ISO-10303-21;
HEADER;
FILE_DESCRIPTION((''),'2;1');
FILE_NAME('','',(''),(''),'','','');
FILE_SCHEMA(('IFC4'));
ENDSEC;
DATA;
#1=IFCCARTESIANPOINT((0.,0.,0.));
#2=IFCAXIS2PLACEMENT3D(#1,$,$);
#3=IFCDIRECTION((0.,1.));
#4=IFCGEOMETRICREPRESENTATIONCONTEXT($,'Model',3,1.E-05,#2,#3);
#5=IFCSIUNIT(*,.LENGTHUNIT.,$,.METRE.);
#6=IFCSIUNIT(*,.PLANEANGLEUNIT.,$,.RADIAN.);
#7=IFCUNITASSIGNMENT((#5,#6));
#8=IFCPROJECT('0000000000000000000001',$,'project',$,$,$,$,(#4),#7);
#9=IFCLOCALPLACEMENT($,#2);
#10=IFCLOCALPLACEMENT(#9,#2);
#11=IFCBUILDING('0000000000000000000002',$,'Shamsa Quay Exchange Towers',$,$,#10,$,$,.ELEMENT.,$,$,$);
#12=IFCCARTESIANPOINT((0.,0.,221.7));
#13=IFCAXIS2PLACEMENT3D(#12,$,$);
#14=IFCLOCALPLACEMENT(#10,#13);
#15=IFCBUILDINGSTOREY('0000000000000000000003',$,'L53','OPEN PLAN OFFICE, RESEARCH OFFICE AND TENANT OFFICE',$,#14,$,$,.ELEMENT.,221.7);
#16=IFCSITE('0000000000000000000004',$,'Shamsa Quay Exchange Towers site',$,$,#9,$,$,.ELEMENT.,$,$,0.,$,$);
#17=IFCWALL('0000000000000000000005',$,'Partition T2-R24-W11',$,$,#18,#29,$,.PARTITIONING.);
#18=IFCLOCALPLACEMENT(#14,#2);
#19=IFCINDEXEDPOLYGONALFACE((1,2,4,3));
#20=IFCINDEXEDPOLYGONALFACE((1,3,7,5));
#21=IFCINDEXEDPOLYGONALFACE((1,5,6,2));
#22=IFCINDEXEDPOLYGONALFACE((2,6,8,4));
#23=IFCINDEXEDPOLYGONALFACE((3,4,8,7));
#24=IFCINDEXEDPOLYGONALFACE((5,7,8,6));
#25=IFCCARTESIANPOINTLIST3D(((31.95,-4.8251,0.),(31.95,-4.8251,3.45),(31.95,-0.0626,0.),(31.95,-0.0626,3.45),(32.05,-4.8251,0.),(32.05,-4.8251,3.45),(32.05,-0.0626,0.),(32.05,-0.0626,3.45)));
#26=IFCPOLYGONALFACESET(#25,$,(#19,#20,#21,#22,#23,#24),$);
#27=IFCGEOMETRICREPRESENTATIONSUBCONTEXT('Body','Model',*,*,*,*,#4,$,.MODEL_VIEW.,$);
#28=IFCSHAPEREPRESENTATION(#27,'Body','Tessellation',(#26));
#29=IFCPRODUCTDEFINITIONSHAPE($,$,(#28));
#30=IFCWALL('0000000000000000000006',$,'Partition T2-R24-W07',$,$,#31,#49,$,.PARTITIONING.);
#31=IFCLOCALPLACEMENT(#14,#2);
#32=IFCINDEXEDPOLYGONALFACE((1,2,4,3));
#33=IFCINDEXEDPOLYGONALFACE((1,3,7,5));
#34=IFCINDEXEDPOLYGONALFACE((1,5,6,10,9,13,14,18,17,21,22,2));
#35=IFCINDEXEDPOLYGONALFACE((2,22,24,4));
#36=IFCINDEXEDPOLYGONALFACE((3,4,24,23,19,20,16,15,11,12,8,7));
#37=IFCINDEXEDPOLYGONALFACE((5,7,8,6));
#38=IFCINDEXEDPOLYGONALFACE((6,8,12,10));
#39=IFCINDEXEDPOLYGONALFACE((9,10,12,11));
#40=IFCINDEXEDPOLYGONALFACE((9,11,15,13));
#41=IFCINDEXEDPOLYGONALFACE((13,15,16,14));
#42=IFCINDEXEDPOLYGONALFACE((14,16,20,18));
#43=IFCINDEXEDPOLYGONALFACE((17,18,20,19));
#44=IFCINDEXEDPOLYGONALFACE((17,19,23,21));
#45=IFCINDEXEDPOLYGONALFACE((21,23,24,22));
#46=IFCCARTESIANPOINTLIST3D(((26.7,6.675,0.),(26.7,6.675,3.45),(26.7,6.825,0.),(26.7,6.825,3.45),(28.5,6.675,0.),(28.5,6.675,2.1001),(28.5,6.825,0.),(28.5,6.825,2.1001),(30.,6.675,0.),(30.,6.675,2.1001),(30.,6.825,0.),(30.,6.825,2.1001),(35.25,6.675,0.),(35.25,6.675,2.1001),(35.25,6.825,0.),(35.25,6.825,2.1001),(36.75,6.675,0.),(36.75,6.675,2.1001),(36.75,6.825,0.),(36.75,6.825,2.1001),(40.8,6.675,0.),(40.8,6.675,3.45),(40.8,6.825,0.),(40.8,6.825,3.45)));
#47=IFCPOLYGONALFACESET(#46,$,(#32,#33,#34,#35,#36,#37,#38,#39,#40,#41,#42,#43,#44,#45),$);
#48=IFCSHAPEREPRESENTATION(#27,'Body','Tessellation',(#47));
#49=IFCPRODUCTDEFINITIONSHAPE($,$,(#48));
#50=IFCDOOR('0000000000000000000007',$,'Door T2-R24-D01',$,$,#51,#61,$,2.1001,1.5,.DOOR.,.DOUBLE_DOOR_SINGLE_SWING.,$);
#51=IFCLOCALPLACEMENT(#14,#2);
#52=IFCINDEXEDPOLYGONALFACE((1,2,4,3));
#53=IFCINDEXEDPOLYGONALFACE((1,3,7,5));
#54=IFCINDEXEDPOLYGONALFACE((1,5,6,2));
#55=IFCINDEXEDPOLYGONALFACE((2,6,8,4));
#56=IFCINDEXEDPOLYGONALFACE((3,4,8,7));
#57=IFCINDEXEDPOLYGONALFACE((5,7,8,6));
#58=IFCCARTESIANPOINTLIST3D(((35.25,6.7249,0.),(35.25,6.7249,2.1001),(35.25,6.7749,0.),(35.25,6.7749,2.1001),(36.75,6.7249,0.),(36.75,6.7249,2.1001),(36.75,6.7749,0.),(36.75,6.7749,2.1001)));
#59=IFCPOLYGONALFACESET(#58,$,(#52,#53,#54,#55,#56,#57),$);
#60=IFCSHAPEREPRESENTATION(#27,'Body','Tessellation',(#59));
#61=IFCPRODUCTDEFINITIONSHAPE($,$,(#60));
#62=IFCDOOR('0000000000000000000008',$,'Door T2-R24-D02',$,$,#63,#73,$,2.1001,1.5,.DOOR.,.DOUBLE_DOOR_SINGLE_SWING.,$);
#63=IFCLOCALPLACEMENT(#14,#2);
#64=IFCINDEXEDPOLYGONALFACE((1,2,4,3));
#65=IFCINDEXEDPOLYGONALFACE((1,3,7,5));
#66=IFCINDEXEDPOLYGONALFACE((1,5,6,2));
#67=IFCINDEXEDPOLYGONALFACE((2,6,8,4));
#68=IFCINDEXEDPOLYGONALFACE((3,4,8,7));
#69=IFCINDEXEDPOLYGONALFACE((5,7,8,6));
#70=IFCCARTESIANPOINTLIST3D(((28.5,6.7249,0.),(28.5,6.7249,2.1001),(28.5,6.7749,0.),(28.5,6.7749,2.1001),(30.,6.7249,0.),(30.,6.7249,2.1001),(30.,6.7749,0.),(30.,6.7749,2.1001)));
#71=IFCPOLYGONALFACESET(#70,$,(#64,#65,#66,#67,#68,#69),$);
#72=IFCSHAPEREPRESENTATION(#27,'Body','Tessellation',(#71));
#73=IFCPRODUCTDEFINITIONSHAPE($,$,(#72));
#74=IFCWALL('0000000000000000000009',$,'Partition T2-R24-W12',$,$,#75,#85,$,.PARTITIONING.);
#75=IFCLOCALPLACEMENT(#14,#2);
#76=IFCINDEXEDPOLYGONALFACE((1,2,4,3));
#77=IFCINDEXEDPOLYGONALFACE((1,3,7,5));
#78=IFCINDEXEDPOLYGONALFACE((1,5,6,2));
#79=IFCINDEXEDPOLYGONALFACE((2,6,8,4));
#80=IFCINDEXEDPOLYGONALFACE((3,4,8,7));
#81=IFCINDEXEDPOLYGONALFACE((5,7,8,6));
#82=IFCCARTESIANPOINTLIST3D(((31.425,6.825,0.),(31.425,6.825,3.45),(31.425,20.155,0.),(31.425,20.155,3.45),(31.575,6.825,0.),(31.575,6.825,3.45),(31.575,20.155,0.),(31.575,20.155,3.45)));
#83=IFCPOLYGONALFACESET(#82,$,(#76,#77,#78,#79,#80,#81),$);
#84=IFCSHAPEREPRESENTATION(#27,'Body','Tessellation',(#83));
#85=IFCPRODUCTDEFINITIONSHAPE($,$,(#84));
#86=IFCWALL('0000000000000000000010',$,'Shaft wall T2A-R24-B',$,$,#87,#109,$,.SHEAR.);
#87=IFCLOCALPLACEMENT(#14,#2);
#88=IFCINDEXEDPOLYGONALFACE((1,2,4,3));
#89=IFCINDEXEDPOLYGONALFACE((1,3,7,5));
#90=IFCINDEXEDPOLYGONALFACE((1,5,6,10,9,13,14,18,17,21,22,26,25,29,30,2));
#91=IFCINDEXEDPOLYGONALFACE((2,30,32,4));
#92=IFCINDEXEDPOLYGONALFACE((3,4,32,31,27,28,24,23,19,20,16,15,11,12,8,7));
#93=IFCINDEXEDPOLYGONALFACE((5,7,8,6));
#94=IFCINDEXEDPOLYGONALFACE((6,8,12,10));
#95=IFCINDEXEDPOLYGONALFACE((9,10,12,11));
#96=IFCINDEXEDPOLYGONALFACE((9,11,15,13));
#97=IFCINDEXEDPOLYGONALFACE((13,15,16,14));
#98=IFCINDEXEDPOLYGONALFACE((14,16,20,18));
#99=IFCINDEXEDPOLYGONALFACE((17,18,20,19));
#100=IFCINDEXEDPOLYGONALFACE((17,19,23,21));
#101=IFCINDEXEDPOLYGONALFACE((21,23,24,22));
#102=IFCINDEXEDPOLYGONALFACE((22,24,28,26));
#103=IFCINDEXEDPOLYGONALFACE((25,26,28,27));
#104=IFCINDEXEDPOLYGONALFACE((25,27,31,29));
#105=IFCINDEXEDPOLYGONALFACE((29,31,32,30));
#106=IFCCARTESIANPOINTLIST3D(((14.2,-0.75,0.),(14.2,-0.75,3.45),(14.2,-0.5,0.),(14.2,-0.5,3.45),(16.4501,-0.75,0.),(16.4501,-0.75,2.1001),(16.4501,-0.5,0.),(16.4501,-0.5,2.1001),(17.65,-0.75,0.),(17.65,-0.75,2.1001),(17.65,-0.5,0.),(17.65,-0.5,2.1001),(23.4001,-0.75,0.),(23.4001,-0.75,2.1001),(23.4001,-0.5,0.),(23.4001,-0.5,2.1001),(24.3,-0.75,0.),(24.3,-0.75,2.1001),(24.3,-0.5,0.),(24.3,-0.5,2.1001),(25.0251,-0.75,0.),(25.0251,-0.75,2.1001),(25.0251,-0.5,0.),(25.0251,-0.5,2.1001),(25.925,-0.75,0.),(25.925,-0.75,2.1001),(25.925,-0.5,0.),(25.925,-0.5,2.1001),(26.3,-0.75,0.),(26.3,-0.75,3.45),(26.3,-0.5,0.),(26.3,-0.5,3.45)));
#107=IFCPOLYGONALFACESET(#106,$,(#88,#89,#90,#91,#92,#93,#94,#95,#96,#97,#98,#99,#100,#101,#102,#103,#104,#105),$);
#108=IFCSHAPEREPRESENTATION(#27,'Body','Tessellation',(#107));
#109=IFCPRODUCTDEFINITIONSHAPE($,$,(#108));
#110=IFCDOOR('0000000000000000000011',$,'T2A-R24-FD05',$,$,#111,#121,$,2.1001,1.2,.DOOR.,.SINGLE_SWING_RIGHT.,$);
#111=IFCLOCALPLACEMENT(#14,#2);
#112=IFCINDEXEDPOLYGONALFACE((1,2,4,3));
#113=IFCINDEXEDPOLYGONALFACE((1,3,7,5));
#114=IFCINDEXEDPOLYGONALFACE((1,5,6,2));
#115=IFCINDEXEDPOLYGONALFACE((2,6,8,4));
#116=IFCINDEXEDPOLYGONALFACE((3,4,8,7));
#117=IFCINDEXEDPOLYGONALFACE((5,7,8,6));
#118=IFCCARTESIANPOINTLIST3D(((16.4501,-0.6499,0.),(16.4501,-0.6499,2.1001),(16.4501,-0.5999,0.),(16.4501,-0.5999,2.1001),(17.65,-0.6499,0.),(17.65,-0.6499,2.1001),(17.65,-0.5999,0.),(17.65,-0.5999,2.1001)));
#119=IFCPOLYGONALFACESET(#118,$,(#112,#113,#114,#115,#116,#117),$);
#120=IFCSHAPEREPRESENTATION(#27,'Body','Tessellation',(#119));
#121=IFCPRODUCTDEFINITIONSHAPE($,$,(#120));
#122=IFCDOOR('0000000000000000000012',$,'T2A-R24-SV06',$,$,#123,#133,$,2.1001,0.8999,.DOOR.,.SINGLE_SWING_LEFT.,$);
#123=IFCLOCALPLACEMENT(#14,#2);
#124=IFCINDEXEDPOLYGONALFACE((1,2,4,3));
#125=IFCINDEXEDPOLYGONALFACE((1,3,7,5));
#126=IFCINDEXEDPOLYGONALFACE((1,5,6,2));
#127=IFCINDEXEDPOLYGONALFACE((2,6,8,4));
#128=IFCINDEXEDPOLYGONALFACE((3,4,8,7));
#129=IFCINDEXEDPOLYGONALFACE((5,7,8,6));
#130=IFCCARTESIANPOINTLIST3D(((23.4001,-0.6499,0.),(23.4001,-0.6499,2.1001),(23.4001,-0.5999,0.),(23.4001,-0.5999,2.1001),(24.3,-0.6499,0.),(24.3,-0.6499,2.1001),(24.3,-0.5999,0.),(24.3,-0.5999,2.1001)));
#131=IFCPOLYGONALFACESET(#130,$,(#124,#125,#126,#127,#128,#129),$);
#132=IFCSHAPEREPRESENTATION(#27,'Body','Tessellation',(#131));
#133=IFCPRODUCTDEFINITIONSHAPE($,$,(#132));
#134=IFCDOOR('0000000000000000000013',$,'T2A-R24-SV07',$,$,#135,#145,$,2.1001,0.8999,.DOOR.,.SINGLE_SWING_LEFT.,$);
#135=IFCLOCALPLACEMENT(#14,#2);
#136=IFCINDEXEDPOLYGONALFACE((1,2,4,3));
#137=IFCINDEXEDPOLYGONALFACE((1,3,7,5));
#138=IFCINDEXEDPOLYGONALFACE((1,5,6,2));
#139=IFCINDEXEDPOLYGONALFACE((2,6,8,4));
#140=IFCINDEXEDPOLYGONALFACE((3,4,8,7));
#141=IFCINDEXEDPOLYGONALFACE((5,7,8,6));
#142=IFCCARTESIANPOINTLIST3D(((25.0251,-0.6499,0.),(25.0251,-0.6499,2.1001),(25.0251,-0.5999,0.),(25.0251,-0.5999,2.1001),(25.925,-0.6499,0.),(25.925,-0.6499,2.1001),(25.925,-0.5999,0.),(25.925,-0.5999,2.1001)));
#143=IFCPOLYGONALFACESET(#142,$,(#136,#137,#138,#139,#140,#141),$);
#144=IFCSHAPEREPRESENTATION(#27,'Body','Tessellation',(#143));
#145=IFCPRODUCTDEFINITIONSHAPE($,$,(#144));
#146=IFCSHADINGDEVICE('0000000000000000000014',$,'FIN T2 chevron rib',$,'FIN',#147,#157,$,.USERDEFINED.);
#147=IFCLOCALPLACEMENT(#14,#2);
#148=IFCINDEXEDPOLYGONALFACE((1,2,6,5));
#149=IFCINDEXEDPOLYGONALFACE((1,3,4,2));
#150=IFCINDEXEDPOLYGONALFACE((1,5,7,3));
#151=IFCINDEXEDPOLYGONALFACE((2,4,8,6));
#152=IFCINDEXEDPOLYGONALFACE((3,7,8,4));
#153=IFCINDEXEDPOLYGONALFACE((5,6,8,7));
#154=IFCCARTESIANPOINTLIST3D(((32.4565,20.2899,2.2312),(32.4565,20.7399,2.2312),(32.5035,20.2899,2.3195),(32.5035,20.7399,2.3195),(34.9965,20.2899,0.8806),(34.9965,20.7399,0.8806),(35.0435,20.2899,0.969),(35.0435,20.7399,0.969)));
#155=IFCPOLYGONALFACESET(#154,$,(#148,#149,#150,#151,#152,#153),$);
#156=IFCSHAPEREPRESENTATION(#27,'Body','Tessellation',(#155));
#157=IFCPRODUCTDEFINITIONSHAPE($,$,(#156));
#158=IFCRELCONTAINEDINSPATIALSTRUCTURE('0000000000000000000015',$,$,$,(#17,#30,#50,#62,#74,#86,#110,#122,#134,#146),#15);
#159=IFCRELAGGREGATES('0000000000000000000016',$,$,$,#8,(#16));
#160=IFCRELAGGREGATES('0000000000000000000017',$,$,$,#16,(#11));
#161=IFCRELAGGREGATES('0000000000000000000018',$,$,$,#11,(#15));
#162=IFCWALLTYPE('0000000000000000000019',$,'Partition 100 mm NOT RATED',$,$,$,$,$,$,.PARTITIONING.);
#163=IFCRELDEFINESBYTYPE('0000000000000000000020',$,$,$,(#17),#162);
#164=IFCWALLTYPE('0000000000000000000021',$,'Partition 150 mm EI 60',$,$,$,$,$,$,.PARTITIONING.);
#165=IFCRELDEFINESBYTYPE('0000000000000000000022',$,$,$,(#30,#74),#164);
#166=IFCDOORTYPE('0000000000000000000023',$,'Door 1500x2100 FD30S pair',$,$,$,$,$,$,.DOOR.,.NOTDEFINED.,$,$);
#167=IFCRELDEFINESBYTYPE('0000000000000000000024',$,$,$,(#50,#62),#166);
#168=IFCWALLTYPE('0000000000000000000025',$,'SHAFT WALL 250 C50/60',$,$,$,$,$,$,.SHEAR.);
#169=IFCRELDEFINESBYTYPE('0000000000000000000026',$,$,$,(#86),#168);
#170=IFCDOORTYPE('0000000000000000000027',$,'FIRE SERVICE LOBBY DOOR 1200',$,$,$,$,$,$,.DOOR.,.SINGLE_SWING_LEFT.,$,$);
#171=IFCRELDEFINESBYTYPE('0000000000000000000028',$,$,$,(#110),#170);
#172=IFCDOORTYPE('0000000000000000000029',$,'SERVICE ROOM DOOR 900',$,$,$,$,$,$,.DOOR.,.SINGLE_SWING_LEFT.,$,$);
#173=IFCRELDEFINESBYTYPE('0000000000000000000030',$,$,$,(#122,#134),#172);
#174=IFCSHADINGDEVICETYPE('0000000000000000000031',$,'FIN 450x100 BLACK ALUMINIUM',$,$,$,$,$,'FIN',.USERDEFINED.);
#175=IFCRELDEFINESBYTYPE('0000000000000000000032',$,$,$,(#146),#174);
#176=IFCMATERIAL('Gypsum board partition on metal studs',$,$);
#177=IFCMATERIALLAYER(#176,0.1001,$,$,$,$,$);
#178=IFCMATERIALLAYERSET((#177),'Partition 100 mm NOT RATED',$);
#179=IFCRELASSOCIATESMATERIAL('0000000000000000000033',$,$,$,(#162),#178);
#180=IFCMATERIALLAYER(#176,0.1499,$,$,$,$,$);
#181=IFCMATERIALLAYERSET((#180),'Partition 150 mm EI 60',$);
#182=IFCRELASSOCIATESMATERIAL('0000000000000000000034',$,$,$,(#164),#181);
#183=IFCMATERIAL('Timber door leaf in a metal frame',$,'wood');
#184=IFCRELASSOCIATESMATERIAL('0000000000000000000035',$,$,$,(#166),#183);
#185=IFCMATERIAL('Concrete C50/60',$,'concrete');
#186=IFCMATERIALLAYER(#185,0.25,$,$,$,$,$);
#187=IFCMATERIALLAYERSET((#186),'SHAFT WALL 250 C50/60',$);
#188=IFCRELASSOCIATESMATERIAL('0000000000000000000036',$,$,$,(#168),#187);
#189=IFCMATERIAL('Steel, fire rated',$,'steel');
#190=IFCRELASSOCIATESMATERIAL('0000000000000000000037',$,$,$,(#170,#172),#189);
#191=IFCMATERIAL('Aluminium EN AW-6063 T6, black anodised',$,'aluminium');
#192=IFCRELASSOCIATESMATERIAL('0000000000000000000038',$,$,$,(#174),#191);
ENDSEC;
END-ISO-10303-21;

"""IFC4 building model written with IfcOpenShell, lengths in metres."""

from ifc_helpers import new_model, si_unit, direction, frame, frame_2d, origin, origin_2d, place, context, subcontext, project, spatial, rectangle, extrude, material, layer, layer_set, material_profile, profile_set, type_object, element, fill, save


model = new_model("IFC4")

# Units and contexts
model_context = context("Model", 3, precision=1e-05, world=origin(), true_north=direction((0.0, 1.0)))
body_context = subcontext(model_context, "Body", "Model", "MODEL_VIEW")
ifc_project = project(units=[si_unit("LENGTHUNIT", "METRE"), si_unit("PLANEANGLEUNIT", "RADIAN")], contexts=[model_context])

# Site, building, storey
site_placement = place(None, origin())
site = spatial("IfcSite", under=ifc_project, at=site_placement, Name="Shamsa Quay Exchange Towers site", CompositionType="ELEMENT", RefElevation=0.0)
building_placement = place(site_placement, origin())
building = spatial("IfcBuilding", under=site, at=building_placement, Name="Shamsa Quay Exchange Towers", CompositionType="ELEMENT")
storey_placement = place(building_placement, frame((0.0, 0.0, 221.7)))
storey = spatial("IfcBuildingStorey", under=building, at=storey_placement, Name="L53", Description="OPEN PLAN OFFICE, RESEARCH OFFICE AND TENANT OFFICE", CompositionType="ELEMENT", Elevation=221.7)

# Shared definitions
ifc_material_1 = material(Name="Aluminium EN AW-6063 T6, black anodised", Category="aluminium")

# Shared definitions
ifc_material_2 = material(Name="Steel, fire rated", Category="steel")

# Shared definitions
ifc_material_3 = material(Name="Gypsum board partition on metal studs")
ifc_layer_1 = layer(ifc_material_3, 0.1001)
ifc_layer_set_1 = layer_set([ifc_layer_1], Name="Partition 100 mm NOT RATED")
wall_type_1 = type_object("IfcWallType", Name="Partition 100 mm NOT RATED", PredefinedType="PARTITIONING", material=ifc_layer_set_1)
ifc_material_4 = material(Name="Timber door leaf in a metal frame", Category="wood")

# Wall
wall_1_placement = place(storey_placement, frame((32.0, -0.0625, 0.0), z_axis=(0.0, 0.0, 1.0), x_axis=(0.0, -1.0, 0.0)))
element("IfcWall", 1, at=wall_1_placement, inside=storey, type_object=wall_type_1, Name="Partition T2-R24-W11", PredefinedType="PARTITIONING", context=body_context, shape_type="SweptSolid", body=[
    extrude(rectangle(XDim=4.7625, YDim=0.1001, at=frame_2d((2.3813, 0.0))), origin(), (0.0, 0.0, 1.0), 3.45),
])

# Wall, openings, doors
ifc_layer_2 = layer(ifc_material_3, 0.1499)
ifc_layer_set_2 = layer_set([ifc_layer_2], Name="Partition 150 mm EI 60")
wall_type_2 = type_object("IfcWallType", Name="Partition 150 mm EI 60", PredefinedType="PARTITIONING", material=ifc_layer_set_2)
wall_2_placement = place(storey_placement, frame((26.7, 6.75, 0.0)))
wall_2 = element("IfcWall", 2, at=wall_2_placement, inside=storey, type_object=wall_type_2, Name="Partition T2-R24-W07", PredefinedType="PARTITIONING", context=body_context, shape_type="SweptSolid", body=[
    extrude(rectangle(XDim=14.1001, YDim=0.1499, at=frame_2d((7.05, 0.0))), origin(), (0.0, 0.0, 1.0), 3.45),
])
opening_1_placement = place(wall_2_placement, frame((8.55, 0.0, 0.0)))
opening_1 = element("IfcOpeningElement", 3, at=opening_1_placement, cuts=wall_2, PredefinedType="OPENING", context=body_context, shape_type="SweptSolid", body=[
    extrude(rectangle(XDim=1.5, YDim=2.1001, at=frame_2d((0.75, 1.05))), frame((0.0, 0.085, 0.0), z_axis=(0.0, -1.0, 0.0), x_axis=(1.0, 0.0, 0.0)), (0.0, 0.0, 1.0), 0.1699),
])
opening_2_placement = place(wall_2_placement, frame((1.8, 0.0, 0.0)))
opening_2 = element("IfcOpeningElement", 4, at=opening_2_placement, cuts=wall_2, PredefinedType="OPENING", context=body_context, shape_type="SweptSolid", body=[
    extrude(rectangle(XDim=1.5, YDim=2.1001, at=frame_2d((0.75, 1.05))), frame((0.0, 0.085, 0.0), z_axis=(0.0, -1.0, 0.0), x_axis=(1.0, 0.0, 0.0)), (0.0, 0.0, 1.0), 0.1699),
])
door_type_1 = type_object("IfcDoorType", Name="Door 1500x2100 FD30S pair", OperationType="NOTDEFINED", PredefinedType="DOOR", material=ifc_material_4)
door_1_placement = place(opening_1_placement, origin())
door_1 = element("IfcDoor", 5, at=door_1_placement, inside=storey, type_object=door_type_1, Name="Door T2-R24-D01", OperationType="DOUBLE_DOOR_SINGLE_SWING", OverallHeight=2.1001, OverallWidth=1.5, PredefinedType="DOOR", context=body_context, shape_type="SweptSolid", body=[
    extrude(rectangle(XDim=1.5, YDim=2.1001, at=frame_2d((0.75, 1.05))), frame((0.0, 0.0249, 0.0), z_axis=(0.0, -1.0, 0.0), x_axis=(1.0, 0.0, 0.0)), (0.0, 0.0, 1.0), 0.05),
])
fill(opening_1, door_1)
door_2_placement = place(opening_2_placement, origin())
door_2 = element("IfcDoor", 6, at=door_2_placement, inside=storey, type_object=door_type_1, Name="Door T2-R24-D02", OperationType="DOUBLE_DOOR_SINGLE_SWING", OverallHeight=2.1001, OverallWidth=1.5, PredefinedType="DOOR", context=body_context, shape_type="SweptSolid", body=[
    extrude(rectangle(XDim=1.5, YDim=2.1001, at=frame_2d((0.75, 1.05))), frame((0.0, 0.0249, 0.0), z_axis=(0.0, -1.0, 0.0), x_axis=(1.0, 0.0, 0.0)), (0.0, 0.0, 1.0), 0.05),
])
fill(opening_2, door_2)

# Wall
wall_3_placement = place(storey_placement, frame((31.5, 20.155, 0.0), z_axis=(0.0, 0.0, 1.0), x_axis=(0.0, -1.0, 0.0)))
element("IfcWall", 7, at=wall_3_placement, inside=storey, type_object=wall_type_2, Name="Partition T2-R24-W12", PredefinedType="PARTITIONING", context=body_context, shape_type="SweptSolid", body=[
    extrude(rectangle(XDim=13.3301, YDim=0.1499, at=frame_2d((6.665, 0.0))), origin(), (0.0, 0.0, 1.0), 3.45),
])

# Wall, openings, doors
ifc_material_5 = material(Name="Concrete C50/60", Category="concrete")
ifc_layer_3 = layer(ifc_material_5, 0.25)
ifc_layer_set_3 = layer_set([ifc_layer_3], Name="SHAFT WALL 250 C50/60")
wall_type_3 = type_object("IfcWallType", Name="SHAFT WALL 250 C50/60", PredefinedType="SHEAR", material=ifc_layer_set_3)
wall_4_placement = place(storey_placement, frame((26.3, -0.625, 0.0), z_axis=(0.0, 0.0, 1.0), x_axis=(-1.0, 0.0, 0.0)))
wall_4 = element("IfcWall", 8, at=wall_4_placement, inside=storey, type_object=wall_type_3, Name="Shaft wall T2A-R24-B", PredefinedType="SHEAR", context=body_context, shape_type="SweptSolid", body=[
    extrude(rectangle(XDim=12.1001, YDim=0.25, at=frame_2d((6.05, 0.0))), origin(), (0.0, 0.0, 1.0), 3.45),
])
opening_3_placement = place(wall_4_placement, frame((8.6499, 0.0, 0.0)))
opening_3 = element("IfcOpeningElement", 9, at=opening_3_placement, cuts=wall_4, PredefinedType="OPENING", context=body_context, shape_type="SweptSolid", body=[
    extrude(rectangle(XDim=1.2, YDim=2.1001, at=frame_2d((0.6001, 1.05))), frame((0.0, 0.135, 0.0), z_axis=(0.0, -1.0, 0.0), x_axis=(1.0, 0.0, 0.0)), (0.0, 0.0, 1.0), 0.27),
])
opening_4_placement = place(wall_4_placement, frame((2.0, 0.0, 0.0)))
opening_4 = element("IfcOpeningElement", 10, at=opening_4_placement, cuts=wall_4, PredefinedType="OPENING", context=body_context, shape_type="SweptSolid", body=[
    extrude(rectangle(XDim=0.8999, YDim=2.1001, at=frame_2d((0.45, 1.05))), frame((0.0, 0.135, 0.0), z_axis=(0.0, -1.0, 0.0), x_axis=(1.0, 0.0, 0.0)), (0.0, 0.0, 1.0), 0.27),
])
opening_5_placement = place(wall_4_placement, frame((0.375, 0.0, 0.0)))
opening_5 = element("IfcOpeningElement", 11, at=opening_5_placement, cuts=wall_4, PredefinedType="OPENING", context=body_context, shape_type="SweptSolid", body=[
    extrude(rectangle(XDim=0.8999, YDim=2.1001, at=frame_2d((0.45, 1.05))), frame((0.0, 0.135, 0.0), z_axis=(0.0, -1.0, 0.0), x_axis=(1.0, 0.0, 0.0)), (0.0, 0.0, 1.0), 0.27),
])
door_type_2 = type_object("IfcDoorType", Name="FIRE SERVICE LOBBY DOOR 1200", OperationType="SINGLE_SWING_LEFT", PredefinedType="DOOR", material=ifc_material_2)
door_3_placement = place(opening_3_placement, origin())
door_3 = element("IfcDoor", 12, at=door_3_placement, inside=storey, type_object=door_type_2, Name="T2A-R24-FD05", OperationType="SINGLE_SWING_RIGHT", OverallHeight=2.1001, OverallWidth=1.2, PredefinedType="DOOR", context=body_context, shape_type="SweptSolid", body=[
    extrude(rectangle(XDim=1.2, YDim=2.1001, at=frame_2d((0.6001, 1.05))), frame((0.0, 0.0249, 0.0), z_axis=(0.0, -1.0, 0.0), x_axis=(1.0, 0.0, 0.0)), (0.0, 0.0, 1.0), 0.05),
])
fill(opening_3, door_3)
door_type_3 = type_object("IfcDoorType", Name="SERVICE ROOM DOOR 900", OperationType="SINGLE_SWING_LEFT", PredefinedType="DOOR", material=ifc_material_2)
door_4_placement = place(opening_4_placement, origin())
door_4 = element("IfcDoor", 13, at=door_4_placement, inside=storey, type_object=door_type_3, Name="T2A-R24-SV06", OperationType="SINGLE_SWING_LEFT", OverallHeight=2.1001, OverallWidth=0.8999, PredefinedType="DOOR", context=body_context, shape_type="SweptSolid", body=[
    extrude(rectangle(XDim=0.8999, YDim=2.1001, at=frame_2d((0.45, 1.05))), frame((0.0, 0.0249, 0.0), z_axis=(0.0, -1.0, 0.0), x_axis=(1.0, 0.0, 0.0)), (0.0, 0.0, 1.0), 0.05),
])
fill(opening_4, door_4)
door_5_placement = place(opening_5_placement, origin())
door_5 = element("IfcDoor", 14, at=door_5_placement, inside=storey, type_object=door_type_3, Name="T2A-R24-SV07", OperationType="SINGLE_SWING_LEFT", OverallHeight=2.1001, OverallWidth=0.8999, PredefinedType="DOOR", context=body_context, shape_type="SweptSolid", body=[
    extrude(rectangle(XDim=0.8999, YDim=2.1001, at=frame_2d((0.45, 1.05))), frame((0.0, 0.0249, 0.0), z_axis=(0.0, -1.0, 0.0), x_axis=(1.0, 0.0, 0.0)), (0.0, 0.0, 1.0), 0.05),
])
fill(opening_5, door_5)

# Shading device
ifc_material_profile_1 = material_profile(ifc_material_1, rectangle(XDim=0.45, YDim=0.1001, at=origin_2d()), Name="FIN450x100")
ifc_profile_set_1 = profile_set([ifc_material_profile_1], Name="Aluminium EN AW-6063 T6, black anodised")
shading_device_type = type_object("IfcShadingDeviceType", Name="FIN 450x100 BLACK ALUMINIUM", ElementType="FIN", PredefinedType="USERDEFINED", material=ifc_profile_set_1)
shading_device_1_placement = place(storey_placement, frame((35.02, 20.5149, 0.9248), z_axis=(-0.882944, 0.0, 0.469478), x_axis=(0.0, -1.0, 0.0)))
element("IfcShadingDevice", 15, at=shading_device_1_placement, inside=storey, type_object=shading_device_type, Name="FIN T2 chevron rib", ObjectType="FIN", PredefinedType="USERDEFINED", context=body_context, shape_type="SweptSolid", body=[
    extrude(rectangle(XDim=0.45, YDim=0.1001, at=origin_2d()), origin(), (0.0, 0.0, 1.0), 2.8767),
])

save(model, "model.ifc")
